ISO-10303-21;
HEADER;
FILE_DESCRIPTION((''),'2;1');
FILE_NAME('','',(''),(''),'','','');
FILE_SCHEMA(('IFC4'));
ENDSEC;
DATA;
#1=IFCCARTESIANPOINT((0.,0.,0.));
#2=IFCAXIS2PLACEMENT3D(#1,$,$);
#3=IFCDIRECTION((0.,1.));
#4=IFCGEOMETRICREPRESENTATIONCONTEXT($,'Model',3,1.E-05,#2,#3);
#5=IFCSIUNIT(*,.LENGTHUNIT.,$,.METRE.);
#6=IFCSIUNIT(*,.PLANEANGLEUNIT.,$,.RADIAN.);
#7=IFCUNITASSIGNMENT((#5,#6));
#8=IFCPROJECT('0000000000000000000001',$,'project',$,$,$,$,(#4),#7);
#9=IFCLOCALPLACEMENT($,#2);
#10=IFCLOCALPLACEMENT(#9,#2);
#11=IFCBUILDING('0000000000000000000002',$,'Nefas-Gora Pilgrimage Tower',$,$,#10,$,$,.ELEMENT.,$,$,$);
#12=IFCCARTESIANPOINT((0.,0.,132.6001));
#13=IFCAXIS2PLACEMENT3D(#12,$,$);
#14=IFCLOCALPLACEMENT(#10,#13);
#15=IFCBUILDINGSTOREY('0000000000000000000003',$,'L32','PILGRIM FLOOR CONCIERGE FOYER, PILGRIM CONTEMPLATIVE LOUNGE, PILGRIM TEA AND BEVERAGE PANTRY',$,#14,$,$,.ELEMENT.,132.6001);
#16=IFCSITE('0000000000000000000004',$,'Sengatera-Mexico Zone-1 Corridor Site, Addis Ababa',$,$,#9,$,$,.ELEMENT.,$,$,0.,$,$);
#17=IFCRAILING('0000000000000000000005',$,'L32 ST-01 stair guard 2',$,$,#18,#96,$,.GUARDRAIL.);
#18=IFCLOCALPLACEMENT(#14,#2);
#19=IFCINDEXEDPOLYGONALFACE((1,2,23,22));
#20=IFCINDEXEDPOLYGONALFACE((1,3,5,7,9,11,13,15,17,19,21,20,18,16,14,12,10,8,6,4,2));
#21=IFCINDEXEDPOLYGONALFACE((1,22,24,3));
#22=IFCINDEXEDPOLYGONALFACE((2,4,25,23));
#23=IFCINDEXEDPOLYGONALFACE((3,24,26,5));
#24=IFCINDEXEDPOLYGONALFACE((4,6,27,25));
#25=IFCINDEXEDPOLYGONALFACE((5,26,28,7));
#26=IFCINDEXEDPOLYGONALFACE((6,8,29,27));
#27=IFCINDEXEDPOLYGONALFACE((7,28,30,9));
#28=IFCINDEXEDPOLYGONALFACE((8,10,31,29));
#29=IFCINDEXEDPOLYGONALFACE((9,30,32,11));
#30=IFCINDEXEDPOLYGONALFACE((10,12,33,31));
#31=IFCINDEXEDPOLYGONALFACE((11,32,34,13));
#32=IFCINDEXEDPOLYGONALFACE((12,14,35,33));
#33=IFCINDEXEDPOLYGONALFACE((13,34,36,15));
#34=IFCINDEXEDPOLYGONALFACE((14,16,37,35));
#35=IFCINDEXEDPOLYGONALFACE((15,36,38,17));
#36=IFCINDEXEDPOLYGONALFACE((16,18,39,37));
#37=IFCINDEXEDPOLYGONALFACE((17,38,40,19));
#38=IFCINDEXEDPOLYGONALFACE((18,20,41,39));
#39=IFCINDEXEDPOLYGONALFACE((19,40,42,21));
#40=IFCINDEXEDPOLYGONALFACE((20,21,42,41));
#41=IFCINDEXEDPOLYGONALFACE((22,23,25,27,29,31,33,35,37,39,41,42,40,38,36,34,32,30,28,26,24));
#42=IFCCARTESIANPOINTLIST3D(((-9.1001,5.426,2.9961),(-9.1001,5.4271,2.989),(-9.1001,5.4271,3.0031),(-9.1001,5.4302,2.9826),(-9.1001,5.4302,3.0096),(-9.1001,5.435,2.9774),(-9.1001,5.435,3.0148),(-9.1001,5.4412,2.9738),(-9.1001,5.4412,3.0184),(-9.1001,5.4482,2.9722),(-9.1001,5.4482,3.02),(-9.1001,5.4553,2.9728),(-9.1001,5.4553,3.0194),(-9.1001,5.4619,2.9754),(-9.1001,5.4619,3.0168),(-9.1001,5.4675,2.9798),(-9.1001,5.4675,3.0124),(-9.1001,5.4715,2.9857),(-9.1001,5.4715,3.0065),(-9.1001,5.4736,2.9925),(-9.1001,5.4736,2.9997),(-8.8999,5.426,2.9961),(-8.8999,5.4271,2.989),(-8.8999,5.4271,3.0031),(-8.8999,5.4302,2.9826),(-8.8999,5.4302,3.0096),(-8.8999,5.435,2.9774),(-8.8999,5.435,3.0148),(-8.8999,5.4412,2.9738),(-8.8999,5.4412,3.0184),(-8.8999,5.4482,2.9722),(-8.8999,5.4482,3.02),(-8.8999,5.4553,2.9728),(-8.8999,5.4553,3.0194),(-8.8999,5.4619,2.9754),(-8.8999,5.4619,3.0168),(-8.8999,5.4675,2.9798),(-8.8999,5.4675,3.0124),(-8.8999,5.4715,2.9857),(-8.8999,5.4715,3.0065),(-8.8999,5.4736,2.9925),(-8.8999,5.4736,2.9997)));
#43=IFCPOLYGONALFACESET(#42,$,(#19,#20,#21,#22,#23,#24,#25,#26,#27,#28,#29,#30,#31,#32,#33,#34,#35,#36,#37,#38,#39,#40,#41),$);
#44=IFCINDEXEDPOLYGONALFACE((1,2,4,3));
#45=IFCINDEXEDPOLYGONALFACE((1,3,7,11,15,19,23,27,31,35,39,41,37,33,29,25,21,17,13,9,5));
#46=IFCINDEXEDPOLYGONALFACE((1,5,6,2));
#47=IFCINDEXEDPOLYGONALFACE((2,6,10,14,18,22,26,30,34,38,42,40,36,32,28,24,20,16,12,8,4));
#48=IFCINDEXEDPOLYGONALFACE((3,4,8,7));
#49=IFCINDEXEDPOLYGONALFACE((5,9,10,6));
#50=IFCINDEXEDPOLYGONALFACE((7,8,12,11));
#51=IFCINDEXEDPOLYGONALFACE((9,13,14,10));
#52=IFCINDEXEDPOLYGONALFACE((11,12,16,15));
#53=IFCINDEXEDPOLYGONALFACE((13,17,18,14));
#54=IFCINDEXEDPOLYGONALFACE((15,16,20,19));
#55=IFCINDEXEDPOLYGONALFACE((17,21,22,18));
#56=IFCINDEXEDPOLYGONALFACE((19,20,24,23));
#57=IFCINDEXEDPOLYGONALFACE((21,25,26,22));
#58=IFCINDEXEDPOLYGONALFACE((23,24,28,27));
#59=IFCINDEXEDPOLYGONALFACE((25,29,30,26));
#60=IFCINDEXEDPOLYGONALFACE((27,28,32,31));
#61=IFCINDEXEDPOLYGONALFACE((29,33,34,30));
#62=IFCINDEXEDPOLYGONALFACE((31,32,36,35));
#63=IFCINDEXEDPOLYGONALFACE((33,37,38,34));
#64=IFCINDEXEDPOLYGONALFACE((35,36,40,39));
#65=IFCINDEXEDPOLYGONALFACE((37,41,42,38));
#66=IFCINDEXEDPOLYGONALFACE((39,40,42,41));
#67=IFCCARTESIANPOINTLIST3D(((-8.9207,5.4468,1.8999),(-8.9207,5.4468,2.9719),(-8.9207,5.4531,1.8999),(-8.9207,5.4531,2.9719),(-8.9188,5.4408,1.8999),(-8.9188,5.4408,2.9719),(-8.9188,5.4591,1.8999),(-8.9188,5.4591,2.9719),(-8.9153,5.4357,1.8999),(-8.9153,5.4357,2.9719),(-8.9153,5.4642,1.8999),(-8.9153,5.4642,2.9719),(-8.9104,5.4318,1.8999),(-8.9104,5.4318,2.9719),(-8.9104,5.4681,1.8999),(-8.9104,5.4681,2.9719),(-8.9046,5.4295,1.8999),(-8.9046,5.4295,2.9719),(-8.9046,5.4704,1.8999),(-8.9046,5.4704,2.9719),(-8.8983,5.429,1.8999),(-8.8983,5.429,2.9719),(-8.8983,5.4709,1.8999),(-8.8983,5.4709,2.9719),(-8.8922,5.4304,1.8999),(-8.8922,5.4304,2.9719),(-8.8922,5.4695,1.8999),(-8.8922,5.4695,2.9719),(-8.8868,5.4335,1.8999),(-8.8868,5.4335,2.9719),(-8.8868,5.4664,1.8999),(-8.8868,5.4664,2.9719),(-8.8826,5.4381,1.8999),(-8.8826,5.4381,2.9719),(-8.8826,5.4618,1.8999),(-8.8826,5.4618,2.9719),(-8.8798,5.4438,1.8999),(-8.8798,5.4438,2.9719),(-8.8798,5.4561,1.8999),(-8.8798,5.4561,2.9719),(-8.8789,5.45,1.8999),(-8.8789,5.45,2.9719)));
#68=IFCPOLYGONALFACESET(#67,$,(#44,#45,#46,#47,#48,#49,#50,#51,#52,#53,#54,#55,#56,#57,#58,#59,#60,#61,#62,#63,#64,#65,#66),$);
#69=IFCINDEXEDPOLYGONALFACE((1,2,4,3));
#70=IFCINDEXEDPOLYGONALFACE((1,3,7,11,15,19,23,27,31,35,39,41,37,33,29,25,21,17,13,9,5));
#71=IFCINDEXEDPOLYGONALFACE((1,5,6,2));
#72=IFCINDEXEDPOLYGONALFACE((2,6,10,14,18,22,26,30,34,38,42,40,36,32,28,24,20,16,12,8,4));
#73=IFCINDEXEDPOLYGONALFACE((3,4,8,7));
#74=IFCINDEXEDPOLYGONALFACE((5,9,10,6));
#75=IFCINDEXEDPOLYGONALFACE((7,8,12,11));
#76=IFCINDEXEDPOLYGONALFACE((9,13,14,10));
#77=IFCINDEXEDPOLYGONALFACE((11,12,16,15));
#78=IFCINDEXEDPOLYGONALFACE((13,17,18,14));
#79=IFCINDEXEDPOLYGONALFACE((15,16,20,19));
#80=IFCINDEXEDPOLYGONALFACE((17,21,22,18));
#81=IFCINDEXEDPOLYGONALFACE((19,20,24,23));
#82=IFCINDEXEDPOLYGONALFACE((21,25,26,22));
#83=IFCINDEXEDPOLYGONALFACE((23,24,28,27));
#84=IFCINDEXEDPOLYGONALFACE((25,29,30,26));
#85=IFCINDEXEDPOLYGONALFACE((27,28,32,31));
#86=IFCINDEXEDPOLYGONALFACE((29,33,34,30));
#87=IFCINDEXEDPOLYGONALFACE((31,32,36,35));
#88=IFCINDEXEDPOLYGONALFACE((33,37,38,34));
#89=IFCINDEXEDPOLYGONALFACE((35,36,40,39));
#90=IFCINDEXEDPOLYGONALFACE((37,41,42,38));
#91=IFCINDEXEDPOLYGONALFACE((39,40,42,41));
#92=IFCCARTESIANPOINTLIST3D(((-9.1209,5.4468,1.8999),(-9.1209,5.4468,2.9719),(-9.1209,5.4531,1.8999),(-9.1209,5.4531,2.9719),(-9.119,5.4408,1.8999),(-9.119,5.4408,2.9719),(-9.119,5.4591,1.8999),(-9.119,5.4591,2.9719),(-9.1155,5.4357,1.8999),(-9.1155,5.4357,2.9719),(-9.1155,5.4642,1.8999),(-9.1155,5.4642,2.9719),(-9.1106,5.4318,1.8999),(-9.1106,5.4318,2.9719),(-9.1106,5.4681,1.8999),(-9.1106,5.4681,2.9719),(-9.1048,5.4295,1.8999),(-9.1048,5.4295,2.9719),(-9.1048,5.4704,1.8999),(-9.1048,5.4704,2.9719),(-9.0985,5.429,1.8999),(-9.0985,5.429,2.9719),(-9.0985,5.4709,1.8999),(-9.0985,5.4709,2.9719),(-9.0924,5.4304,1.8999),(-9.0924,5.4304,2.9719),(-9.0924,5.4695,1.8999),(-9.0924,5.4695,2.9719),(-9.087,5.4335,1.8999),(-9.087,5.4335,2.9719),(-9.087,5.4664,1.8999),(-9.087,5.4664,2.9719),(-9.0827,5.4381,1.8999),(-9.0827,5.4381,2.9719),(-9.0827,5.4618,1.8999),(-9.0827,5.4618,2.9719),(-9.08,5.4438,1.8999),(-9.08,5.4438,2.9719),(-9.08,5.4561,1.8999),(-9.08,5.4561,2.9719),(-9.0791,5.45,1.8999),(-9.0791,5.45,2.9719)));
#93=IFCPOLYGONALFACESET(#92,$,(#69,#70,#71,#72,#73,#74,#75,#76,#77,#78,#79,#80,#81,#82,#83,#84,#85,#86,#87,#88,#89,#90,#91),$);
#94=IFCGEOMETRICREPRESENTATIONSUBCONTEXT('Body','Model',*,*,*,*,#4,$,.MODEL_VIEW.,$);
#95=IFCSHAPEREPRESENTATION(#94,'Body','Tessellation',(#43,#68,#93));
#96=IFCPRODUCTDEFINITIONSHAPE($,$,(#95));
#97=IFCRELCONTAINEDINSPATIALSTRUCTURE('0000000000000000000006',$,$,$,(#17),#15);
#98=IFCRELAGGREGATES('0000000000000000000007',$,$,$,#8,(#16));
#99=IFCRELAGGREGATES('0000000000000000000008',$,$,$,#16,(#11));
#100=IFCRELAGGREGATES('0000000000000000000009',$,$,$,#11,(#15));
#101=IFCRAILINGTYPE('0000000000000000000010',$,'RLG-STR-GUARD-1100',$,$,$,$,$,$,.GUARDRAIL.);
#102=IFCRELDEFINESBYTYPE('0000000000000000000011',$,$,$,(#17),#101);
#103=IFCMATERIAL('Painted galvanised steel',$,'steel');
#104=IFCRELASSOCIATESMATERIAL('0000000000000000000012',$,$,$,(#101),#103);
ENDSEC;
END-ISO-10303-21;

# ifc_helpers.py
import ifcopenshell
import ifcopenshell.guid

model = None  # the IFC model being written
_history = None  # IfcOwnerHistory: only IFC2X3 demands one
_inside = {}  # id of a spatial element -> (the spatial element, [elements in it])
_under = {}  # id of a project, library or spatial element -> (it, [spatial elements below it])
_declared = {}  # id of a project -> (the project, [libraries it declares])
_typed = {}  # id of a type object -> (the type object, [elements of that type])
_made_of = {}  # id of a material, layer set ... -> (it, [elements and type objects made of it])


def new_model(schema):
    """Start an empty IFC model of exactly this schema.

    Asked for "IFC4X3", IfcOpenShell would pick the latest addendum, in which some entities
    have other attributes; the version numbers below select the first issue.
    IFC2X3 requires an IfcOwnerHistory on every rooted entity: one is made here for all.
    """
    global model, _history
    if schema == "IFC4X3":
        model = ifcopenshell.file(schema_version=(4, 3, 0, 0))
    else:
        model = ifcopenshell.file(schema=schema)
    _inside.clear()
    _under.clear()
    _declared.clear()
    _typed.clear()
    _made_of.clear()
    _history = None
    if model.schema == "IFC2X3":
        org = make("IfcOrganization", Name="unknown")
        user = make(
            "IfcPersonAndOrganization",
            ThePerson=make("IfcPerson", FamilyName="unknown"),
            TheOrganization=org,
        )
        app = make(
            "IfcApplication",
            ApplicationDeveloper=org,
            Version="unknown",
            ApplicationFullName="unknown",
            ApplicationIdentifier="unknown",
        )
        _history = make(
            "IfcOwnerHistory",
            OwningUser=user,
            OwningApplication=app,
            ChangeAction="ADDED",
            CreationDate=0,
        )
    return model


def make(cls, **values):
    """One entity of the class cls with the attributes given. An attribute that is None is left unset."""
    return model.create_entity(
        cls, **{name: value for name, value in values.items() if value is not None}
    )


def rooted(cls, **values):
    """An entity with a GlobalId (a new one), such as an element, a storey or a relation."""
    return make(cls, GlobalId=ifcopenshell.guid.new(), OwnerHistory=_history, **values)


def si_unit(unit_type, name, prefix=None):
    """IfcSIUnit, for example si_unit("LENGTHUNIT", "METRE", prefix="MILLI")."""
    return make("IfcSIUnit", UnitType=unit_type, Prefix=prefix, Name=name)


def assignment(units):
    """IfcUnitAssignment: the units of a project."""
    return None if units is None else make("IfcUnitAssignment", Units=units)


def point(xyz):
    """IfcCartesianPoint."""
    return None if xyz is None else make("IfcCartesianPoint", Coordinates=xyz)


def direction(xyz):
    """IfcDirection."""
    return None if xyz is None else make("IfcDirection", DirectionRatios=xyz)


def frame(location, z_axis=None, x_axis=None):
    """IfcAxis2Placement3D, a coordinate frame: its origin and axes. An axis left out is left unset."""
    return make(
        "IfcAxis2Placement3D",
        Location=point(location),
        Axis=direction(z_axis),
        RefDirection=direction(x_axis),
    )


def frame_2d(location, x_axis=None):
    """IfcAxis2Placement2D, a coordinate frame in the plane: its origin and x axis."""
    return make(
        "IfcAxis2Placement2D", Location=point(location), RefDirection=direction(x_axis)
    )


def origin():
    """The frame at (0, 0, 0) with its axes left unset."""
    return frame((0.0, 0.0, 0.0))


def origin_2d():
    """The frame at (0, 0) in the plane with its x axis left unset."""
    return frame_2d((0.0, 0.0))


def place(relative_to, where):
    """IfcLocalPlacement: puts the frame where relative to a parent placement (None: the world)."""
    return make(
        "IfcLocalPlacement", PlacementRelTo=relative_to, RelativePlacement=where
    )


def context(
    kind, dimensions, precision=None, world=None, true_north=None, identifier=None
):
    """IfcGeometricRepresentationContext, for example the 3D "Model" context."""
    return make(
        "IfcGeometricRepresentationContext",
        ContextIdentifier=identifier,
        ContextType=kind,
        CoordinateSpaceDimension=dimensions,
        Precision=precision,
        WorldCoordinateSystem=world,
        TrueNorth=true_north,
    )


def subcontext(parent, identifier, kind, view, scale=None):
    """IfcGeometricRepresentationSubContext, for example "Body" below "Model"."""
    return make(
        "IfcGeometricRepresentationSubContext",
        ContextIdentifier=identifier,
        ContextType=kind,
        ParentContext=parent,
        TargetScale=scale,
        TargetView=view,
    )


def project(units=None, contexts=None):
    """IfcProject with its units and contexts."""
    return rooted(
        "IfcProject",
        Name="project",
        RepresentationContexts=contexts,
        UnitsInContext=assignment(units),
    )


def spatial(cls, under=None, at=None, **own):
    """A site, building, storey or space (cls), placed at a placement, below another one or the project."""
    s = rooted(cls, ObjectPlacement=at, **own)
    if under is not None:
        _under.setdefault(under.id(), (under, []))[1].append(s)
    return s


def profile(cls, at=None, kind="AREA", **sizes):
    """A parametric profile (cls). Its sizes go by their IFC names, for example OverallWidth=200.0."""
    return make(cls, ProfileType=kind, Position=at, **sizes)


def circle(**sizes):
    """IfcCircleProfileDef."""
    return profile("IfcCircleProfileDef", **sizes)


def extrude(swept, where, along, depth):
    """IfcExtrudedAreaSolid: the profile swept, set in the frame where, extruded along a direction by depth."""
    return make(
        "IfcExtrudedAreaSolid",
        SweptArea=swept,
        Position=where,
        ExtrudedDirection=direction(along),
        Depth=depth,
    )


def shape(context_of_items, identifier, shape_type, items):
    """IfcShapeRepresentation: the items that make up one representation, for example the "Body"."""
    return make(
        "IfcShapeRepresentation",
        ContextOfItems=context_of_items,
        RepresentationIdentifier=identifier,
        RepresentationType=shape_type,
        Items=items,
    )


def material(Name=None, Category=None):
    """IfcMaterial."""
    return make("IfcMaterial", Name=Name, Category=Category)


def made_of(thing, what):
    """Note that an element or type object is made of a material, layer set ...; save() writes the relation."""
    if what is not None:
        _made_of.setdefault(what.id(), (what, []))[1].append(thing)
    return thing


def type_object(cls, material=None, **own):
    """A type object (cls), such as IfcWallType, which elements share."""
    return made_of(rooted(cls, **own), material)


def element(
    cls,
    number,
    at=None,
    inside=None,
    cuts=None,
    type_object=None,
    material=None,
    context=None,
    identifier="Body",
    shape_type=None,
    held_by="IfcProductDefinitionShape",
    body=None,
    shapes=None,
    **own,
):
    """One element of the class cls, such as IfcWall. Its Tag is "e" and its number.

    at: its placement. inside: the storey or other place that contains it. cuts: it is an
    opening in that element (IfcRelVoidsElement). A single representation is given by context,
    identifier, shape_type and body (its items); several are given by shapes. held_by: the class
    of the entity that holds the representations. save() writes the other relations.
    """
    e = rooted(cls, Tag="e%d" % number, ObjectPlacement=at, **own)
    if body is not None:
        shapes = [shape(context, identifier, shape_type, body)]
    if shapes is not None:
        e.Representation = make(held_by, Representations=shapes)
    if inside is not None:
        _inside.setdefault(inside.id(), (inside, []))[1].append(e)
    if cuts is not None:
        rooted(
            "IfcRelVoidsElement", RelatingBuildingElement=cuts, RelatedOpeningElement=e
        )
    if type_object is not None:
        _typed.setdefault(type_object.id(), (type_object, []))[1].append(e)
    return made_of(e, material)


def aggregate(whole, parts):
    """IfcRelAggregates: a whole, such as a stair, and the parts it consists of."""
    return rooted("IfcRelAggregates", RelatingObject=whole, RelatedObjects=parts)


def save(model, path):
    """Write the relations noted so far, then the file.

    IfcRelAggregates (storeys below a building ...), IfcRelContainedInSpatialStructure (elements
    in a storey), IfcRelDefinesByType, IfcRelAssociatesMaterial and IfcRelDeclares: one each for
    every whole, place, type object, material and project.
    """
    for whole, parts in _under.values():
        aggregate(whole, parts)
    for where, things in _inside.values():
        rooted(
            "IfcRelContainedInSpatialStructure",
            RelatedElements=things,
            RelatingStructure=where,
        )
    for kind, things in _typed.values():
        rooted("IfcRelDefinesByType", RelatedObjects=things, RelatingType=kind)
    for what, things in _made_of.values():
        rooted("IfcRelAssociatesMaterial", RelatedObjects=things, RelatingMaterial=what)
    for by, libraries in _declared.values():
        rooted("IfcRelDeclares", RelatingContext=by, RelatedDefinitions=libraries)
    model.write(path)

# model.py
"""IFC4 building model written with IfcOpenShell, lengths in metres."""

from ifc_helpers import new_model, si_unit, direction, frame, origin, origin_2d, place, context, subcontext, project, spatial, circle, extrude, material, type_object, element, save


model = new_model("IFC4")

# Units and contexts
model_context = context("Model", 3, precision=1e-05, world=origin(), true_north=direction((0.0, 1.0)))
body_context = subcontext(model_context, "Body", "Model", "MODEL_VIEW")
ifc_project = project(units=[si_unit("LENGTHUNIT", "METRE"), si_unit("PLANEANGLEUNIT", "RADIAN")], contexts=[model_context])

# Site, building, storey
site_placement = place(None, origin())
site = spatial("IfcSite", under=ifc_project, at=site_placement, Name="Sengatera-Mexico Zone-1 Corridor Site, Addis Ababa", CompositionType="ELEMENT", RefElevation=0.0)
building_placement = place(site_placement, origin())
building = spatial("IfcBuilding", under=site, at=building_placement, Name="Nefas-Gora Pilgrimage Tower", CompositionType="ELEMENT")
storey_placement = place(building_placement, frame((0.0, 0.0, 132.6001)))
storey = spatial("IfcBuildingStorey", under=building, at=storey_placement, Name="L32", Description="PILGRIM FLOOR CONCIERGE FOYER, PILGRIM CONTEMPLATIVE LOUNGE, PILGRIM TEA AND BEVERAGE PANTRY", CompositionType="ELEMENT", Elevation=132.6001)

# Railing
ifc_material_1 = material(Name="Painted galvanised steel", Category="steel")
railing_type_1 = type_object("IfcRailingType", Name="RLG-STR-GUARD-1100", PredefinedType="GUARDRAIL", material=ifc_material_1)
railing_1_placement = place(storey_placement, frame((-8.8999, 5.45, 1.8999)))
element("IfcRailing", 1, at=railing_1_placement, inside=storey, type_object=railing_type_1, Name="L32 ST-01 stair guard 2", PredefinedType="GUARDRAIL", context=body_context, shape_type="SweptSolid", body=[
    extrude(circle(Radius=0.0239, at=origin_2d()), frame((0.0, 0.0, 1.0962), z_axis=(-1.0, 0.0, 0.0), x_axis=(0.0, -1.0, 0.0)), (0.0, 0.0, 1.0), 0.2002),
    extrude(circle(Radius=0.021, at=origin_2d()), origin(), (0.0, 0.0, 1.0), 1.072),
    extrude(circle(Radius=0.021, at=origin_2d()), frame((-0.2002, 0.0, 0.0)), (0.0, 0.0, 1.0), 1.072),
])

save(model, "model.ifc")
